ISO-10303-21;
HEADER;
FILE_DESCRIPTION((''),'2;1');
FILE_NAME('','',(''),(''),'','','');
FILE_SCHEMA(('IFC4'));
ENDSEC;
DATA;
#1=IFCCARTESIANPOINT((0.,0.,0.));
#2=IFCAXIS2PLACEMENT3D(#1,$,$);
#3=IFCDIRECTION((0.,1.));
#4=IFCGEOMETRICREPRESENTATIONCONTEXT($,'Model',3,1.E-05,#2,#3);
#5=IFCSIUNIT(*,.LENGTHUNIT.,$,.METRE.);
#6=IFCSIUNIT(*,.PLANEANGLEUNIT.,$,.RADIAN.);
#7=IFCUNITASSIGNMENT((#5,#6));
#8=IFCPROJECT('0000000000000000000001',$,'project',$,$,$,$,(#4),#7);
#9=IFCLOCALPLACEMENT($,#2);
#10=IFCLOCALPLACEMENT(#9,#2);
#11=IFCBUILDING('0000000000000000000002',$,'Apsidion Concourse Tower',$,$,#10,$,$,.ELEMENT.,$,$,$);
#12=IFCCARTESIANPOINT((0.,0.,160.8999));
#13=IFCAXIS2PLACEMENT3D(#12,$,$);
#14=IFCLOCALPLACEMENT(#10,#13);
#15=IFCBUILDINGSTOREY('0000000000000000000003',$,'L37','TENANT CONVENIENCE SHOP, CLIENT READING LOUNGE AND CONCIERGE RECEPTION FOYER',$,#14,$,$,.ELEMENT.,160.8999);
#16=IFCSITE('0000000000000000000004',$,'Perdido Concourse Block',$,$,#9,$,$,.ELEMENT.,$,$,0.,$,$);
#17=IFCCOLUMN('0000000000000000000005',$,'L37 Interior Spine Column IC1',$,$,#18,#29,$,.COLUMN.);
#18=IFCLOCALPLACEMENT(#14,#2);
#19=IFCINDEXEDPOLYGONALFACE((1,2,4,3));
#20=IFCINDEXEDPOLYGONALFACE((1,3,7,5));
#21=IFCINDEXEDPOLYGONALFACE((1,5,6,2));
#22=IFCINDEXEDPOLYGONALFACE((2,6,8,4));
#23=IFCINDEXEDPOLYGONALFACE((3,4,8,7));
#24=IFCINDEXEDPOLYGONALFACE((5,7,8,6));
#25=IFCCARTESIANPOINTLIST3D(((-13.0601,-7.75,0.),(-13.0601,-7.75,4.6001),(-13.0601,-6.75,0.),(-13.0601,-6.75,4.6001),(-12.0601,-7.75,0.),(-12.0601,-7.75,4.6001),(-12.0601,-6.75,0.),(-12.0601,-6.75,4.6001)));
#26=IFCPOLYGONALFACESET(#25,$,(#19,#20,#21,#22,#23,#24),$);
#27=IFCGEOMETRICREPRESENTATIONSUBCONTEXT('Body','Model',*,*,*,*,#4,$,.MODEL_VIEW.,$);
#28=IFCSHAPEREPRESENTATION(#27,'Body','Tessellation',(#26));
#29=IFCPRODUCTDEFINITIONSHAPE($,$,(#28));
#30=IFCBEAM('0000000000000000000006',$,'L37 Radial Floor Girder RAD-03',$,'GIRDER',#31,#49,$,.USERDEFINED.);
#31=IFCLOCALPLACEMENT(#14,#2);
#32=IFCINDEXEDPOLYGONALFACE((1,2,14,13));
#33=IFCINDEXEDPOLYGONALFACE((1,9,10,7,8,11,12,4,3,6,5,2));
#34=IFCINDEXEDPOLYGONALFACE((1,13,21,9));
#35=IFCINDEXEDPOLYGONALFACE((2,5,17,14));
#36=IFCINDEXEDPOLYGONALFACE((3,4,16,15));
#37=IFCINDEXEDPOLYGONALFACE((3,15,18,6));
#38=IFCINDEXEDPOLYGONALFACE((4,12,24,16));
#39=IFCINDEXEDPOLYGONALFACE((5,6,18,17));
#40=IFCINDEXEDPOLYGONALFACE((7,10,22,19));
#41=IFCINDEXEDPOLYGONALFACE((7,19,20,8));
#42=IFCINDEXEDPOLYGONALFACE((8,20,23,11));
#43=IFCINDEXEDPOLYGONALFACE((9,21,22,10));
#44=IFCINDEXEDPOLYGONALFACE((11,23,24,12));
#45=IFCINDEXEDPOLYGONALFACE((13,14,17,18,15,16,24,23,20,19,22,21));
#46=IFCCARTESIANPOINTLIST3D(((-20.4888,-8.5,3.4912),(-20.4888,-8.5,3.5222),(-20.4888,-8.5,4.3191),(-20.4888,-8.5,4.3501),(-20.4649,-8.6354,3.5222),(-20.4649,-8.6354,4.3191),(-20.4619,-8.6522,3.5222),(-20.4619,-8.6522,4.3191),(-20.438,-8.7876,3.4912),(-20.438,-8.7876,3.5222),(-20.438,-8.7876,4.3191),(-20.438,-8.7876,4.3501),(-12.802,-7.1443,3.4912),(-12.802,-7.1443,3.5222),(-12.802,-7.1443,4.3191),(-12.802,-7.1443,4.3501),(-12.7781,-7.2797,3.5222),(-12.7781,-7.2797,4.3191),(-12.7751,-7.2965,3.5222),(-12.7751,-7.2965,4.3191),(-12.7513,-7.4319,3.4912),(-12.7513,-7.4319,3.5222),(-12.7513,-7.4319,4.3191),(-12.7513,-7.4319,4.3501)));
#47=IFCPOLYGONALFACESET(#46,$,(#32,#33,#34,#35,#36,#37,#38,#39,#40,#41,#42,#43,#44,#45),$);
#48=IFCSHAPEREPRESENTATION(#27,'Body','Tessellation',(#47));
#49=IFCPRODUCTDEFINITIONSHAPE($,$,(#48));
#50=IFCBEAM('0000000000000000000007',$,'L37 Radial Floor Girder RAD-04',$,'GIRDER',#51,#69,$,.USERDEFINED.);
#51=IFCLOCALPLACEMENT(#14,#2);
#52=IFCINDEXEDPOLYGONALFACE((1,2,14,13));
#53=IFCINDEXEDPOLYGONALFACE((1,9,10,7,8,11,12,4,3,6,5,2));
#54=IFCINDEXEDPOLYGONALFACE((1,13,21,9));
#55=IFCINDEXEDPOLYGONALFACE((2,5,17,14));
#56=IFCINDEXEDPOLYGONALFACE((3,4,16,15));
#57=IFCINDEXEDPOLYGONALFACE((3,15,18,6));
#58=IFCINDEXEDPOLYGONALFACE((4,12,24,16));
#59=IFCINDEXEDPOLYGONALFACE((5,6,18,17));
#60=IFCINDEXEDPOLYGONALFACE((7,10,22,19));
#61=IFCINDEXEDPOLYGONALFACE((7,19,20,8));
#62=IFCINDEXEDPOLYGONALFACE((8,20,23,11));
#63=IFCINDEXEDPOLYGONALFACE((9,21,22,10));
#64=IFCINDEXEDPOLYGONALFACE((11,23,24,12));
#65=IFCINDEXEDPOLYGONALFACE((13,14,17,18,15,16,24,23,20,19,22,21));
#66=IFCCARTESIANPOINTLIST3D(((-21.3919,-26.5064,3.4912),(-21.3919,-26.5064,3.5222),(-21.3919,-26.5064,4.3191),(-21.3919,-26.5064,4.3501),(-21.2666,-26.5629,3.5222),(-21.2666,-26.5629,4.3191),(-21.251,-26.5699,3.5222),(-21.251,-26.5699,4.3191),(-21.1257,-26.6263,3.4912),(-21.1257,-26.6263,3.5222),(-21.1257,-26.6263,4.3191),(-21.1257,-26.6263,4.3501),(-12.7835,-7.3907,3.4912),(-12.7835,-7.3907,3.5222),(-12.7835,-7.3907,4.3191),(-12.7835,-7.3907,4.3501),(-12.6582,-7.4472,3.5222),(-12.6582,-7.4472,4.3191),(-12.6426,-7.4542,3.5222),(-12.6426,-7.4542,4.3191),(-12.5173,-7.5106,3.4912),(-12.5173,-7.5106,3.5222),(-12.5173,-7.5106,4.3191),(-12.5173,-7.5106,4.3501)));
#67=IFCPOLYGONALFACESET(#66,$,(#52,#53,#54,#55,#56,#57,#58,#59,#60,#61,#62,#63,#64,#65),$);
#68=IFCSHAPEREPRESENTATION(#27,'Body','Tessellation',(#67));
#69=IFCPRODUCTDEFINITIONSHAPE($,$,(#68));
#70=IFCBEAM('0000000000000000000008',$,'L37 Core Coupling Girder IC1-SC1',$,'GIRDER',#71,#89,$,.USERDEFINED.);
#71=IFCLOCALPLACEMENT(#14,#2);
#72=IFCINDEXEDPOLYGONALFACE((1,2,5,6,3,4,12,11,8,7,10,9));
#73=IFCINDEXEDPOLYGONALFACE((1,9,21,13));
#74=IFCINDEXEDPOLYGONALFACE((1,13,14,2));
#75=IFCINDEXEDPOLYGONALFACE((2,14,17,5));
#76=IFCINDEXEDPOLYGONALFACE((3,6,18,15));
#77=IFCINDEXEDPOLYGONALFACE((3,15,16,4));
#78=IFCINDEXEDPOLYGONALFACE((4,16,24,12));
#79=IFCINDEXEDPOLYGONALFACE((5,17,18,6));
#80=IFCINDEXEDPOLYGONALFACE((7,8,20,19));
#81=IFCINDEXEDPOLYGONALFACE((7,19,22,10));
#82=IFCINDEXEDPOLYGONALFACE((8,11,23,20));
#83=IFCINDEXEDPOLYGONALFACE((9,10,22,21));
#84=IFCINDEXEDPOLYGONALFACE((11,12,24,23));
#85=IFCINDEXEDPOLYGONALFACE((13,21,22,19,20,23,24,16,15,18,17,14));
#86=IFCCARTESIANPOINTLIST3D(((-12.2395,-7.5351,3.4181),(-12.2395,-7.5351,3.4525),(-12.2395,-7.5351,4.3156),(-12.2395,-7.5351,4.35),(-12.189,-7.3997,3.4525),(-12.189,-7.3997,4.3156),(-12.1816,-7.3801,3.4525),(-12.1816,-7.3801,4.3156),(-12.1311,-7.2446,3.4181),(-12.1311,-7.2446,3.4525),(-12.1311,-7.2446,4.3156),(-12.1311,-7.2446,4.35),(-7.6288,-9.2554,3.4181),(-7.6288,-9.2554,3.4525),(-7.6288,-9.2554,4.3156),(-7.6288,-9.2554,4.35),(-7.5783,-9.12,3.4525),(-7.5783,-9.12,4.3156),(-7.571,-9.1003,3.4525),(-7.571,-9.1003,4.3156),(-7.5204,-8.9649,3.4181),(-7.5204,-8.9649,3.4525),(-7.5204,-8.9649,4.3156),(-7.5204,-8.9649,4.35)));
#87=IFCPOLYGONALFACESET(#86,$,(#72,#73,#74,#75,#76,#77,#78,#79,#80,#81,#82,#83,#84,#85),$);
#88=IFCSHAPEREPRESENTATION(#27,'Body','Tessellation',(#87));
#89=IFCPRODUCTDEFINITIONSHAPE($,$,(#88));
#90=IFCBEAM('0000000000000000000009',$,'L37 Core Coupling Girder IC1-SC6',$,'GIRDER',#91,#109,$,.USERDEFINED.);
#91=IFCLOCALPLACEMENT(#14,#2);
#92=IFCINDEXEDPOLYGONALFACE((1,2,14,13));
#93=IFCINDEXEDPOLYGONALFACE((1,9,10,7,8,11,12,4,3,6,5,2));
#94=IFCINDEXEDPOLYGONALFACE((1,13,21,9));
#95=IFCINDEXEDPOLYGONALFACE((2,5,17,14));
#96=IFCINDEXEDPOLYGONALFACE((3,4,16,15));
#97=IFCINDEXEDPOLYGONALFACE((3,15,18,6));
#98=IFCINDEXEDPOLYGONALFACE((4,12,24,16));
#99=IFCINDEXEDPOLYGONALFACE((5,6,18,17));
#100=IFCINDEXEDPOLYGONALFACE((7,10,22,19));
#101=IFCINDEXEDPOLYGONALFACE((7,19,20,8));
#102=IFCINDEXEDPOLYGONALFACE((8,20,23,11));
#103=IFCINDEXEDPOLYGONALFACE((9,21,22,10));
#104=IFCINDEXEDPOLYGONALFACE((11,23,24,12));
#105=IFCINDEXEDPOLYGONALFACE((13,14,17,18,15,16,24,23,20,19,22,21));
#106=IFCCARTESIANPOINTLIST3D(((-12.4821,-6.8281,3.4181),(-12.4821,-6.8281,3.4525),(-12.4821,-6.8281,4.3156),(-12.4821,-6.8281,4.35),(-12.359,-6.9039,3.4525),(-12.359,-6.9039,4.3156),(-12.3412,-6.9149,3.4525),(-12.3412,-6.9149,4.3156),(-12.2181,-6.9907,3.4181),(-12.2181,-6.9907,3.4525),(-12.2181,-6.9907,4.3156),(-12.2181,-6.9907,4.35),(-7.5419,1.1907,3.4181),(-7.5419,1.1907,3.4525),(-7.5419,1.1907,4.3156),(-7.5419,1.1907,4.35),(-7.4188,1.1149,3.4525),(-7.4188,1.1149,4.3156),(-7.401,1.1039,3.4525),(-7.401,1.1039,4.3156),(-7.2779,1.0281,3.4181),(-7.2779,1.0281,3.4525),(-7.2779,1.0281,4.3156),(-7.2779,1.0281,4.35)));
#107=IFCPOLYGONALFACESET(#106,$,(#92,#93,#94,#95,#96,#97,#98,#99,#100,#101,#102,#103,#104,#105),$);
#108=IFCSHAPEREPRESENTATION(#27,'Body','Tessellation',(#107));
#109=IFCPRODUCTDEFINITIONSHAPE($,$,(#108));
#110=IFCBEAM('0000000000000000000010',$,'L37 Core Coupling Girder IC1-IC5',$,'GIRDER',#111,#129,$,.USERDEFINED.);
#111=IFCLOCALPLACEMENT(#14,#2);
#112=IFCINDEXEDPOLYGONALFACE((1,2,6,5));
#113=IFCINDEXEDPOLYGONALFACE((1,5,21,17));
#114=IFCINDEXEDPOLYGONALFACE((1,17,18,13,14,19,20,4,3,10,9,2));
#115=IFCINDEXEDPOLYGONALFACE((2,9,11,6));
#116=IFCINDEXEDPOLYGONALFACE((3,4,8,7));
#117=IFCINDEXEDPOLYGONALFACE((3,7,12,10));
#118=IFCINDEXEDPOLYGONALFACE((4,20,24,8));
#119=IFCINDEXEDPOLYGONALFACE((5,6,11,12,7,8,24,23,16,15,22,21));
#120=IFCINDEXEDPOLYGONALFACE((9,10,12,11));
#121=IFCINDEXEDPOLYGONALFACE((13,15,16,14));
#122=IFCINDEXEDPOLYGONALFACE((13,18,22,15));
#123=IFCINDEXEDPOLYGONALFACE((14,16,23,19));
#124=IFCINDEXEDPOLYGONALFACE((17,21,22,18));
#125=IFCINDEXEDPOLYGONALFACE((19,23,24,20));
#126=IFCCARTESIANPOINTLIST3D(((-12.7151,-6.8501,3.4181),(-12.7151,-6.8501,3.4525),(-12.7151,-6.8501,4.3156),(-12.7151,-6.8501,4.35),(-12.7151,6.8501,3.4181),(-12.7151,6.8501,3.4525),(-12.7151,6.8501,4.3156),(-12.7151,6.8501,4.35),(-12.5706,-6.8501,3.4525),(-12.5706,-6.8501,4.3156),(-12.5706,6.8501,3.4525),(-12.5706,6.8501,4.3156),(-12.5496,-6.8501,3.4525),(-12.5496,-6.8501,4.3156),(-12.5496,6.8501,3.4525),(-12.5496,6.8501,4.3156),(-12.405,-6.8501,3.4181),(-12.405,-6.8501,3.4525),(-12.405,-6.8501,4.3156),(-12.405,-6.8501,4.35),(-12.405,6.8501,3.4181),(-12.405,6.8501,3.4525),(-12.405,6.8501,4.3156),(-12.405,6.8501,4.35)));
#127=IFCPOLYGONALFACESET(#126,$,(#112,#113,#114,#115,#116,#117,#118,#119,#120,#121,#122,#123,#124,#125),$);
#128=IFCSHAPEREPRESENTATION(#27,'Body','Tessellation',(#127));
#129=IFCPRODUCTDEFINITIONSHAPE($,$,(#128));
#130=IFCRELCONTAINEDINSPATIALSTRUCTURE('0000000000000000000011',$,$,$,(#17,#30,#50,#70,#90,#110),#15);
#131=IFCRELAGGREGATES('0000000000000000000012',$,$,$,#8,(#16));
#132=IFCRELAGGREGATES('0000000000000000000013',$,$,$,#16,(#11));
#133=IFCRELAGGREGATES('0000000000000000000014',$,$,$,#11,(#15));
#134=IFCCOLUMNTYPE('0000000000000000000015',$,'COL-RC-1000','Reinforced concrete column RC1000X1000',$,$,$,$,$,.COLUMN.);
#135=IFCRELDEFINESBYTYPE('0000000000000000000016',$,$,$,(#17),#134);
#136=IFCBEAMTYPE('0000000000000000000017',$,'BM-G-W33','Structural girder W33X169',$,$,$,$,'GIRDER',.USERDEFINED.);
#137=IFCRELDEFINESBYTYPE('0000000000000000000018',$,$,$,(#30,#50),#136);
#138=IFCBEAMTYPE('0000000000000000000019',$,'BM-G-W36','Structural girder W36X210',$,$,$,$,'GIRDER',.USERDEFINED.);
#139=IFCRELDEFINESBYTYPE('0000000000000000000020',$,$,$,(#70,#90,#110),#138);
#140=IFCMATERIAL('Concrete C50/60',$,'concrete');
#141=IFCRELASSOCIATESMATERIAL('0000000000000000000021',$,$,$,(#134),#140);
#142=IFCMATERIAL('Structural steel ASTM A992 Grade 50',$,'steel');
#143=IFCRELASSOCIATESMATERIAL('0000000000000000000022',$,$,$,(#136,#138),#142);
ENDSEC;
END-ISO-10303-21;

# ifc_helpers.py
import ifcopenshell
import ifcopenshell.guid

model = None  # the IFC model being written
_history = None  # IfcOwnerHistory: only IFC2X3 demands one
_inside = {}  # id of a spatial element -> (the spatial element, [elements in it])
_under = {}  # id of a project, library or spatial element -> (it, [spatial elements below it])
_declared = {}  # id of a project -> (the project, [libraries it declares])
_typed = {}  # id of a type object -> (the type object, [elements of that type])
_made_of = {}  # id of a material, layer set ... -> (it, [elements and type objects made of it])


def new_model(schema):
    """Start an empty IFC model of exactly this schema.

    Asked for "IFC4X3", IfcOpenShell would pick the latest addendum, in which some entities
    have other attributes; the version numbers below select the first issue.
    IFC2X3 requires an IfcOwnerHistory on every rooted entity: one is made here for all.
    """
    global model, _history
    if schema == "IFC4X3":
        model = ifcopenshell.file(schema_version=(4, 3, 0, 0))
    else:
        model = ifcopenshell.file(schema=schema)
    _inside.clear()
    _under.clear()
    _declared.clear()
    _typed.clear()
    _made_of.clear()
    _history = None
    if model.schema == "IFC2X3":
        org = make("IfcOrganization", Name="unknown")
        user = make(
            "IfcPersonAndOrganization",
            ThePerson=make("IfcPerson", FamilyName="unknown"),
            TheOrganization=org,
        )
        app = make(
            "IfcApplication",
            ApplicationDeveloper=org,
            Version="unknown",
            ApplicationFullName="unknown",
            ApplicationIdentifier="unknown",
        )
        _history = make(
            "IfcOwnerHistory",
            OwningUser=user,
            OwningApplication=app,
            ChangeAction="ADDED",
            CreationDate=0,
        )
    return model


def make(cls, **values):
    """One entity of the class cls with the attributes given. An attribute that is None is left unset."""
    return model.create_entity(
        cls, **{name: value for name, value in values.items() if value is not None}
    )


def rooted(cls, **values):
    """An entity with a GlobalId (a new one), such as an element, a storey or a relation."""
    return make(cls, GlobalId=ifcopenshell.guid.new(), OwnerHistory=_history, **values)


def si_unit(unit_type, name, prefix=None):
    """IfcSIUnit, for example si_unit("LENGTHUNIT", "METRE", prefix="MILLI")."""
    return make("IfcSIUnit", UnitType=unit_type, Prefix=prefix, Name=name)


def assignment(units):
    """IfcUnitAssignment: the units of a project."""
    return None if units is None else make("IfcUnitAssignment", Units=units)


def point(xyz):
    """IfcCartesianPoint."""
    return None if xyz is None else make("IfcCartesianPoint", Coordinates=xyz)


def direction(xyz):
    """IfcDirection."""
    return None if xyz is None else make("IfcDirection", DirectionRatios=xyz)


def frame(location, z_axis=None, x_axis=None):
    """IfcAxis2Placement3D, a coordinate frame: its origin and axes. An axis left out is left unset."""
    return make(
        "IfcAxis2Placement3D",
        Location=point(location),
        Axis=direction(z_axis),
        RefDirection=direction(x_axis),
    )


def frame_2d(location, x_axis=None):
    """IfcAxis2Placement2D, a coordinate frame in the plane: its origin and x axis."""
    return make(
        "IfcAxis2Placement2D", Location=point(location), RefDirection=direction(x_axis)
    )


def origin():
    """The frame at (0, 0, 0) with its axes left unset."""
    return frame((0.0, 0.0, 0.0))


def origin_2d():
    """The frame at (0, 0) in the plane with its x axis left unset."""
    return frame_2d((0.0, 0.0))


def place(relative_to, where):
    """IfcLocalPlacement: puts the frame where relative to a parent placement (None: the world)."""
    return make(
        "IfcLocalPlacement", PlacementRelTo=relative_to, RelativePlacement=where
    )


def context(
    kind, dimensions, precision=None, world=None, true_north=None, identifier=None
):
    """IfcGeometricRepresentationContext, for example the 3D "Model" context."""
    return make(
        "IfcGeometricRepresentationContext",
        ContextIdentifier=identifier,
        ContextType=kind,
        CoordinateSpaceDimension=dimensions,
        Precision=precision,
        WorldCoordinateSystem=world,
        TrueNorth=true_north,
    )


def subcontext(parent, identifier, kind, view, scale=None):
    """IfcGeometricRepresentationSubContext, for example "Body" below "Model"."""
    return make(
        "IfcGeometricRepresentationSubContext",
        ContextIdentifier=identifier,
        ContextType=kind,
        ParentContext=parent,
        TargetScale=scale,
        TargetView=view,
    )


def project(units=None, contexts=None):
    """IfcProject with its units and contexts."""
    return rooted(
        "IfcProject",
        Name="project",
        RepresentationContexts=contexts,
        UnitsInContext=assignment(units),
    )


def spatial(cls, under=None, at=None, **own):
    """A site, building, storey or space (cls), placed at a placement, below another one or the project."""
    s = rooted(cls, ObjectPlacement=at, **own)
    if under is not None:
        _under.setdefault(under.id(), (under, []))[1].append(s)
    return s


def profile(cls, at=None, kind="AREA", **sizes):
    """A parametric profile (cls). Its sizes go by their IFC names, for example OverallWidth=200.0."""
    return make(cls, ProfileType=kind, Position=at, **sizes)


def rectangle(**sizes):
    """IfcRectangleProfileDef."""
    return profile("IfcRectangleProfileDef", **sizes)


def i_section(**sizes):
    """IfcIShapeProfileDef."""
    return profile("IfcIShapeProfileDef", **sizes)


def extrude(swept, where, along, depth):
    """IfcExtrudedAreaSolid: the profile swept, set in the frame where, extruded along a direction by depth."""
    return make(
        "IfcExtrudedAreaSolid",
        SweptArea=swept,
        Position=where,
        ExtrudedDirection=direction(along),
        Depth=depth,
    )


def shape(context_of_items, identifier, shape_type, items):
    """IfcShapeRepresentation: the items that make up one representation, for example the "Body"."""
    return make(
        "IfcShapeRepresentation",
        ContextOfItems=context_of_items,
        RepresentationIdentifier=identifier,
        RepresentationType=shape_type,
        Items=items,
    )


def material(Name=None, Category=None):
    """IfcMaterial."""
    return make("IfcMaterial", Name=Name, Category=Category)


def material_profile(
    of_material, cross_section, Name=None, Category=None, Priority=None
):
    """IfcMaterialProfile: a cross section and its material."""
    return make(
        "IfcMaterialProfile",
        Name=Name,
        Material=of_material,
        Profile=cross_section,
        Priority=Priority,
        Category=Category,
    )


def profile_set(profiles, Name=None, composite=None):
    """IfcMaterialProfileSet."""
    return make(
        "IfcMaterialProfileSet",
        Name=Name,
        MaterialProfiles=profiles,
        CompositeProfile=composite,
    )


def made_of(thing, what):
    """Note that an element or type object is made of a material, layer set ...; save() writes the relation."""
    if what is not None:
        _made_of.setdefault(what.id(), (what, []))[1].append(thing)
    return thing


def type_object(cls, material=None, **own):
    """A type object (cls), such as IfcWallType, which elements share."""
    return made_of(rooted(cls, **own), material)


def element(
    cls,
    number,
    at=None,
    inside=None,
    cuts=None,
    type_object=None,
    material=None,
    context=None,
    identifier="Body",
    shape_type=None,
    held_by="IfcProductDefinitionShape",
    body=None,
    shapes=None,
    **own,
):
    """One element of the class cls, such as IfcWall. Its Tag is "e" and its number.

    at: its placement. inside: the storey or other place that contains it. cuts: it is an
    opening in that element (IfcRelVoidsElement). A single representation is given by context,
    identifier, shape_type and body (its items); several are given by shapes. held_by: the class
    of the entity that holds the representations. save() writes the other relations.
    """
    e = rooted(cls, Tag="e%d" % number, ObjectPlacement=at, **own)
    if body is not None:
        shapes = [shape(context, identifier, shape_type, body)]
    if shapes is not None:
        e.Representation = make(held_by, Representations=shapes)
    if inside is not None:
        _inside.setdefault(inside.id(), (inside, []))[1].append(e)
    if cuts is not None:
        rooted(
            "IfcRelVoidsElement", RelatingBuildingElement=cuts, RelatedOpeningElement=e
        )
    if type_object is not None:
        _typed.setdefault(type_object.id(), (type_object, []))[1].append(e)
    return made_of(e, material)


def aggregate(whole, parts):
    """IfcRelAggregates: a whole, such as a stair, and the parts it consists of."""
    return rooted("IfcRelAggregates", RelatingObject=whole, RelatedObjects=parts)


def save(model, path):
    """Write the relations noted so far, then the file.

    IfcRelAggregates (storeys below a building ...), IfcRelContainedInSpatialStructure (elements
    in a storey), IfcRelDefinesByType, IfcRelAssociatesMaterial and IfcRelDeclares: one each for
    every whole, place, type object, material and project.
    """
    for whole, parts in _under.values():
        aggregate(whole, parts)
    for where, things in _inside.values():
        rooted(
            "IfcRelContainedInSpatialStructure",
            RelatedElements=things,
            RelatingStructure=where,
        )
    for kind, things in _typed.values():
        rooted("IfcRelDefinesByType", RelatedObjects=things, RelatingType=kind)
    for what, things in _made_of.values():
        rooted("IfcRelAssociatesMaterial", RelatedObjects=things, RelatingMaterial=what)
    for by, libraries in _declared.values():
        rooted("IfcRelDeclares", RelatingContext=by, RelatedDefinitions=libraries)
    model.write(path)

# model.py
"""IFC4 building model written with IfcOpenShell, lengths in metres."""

from ifc_helpers import new_model, si_unit, direction, frame, origin, origin_2d, place, context, subcontext, project, spatial, rectangle, i_section, extrude, material, material_profile, profile_set, type_object, element, save


model = new_model("IFC4")

# Units and contexts
model_context = context("Model", 3, precision=1e-05, world=origin(), true_north=direction((0.0, 1.0)))
body_context = subcontext(model_context, "Body", "Model", "MODEL_VIEW")
ifc_project = project(units=[si_unit("LENGTHUNIT", "METRE"), si_unit("PLANEANGLEUNIT", "RADIAN")], contexts=[model_context])

# Site, building, storey
site_placement = place(None, origin())
site = spatial("IfcSite", under=ifc_project, at=site_placement, Name="Perdido Concourse Block", CompositionType="ELEMENT", RefElevation=0.0)
building_placement = place(site_placement, origin())
building = spatial("IfcBuilding", under=site, at=building_placement, Name="Apsidion Concourse Tower", CompositionType="ELEMENT")
storey_placement = place(building_placement, frame((0.0, 0.0, 160.8999)))
storey = spatial("IfcBuildingStorey", under=building, at=storey_placement, Name="L37", Description="TENANT CONVENIENCE SHOP, CLIENT READING LOUNGE AND CONCIERGE RECEPTION FOYER", CompositionType="ELEMENT", Elevation=160.8999)

# Column
ifc_material_1 = material(Name="Concrete C50/60", Category="concrete")
ifc_material_profile_1 = material_profile(ifc_material_1, rectangle(XDim=1.0, YDim=1.0, at=origin_2d()), Name="RC 1000x1000")
ifc_profile_set_1 = profile_set([ifc_material_profile_1], Name="Concrete C50/60")
column_type = type_object("IfcColumnType", Name="COL-RC-1000", Description="Reinforced concrete column RC1000X1000", PredefinedType="COLUMN", material=ifc_profile_set_1)
column_placement = place(storey_placement, frame((-12.5601, -7.25, 0.0), z_axis=(0.0, 0.0, 1.0), x_axis=(1.0, 0.0, 0.0)))
element("IfcColumn", 1, at=column_placement, inside=storey, type_object=column_type, Name="L37 Interior Spine Column IC1", PredefinedType="COLUMN", context=body_context, shape_type="SweptSolid", body=[
    extrude(rectangle(XDim=1.0, YDim=1.0, at=origin_2d()), origin(), (0.0, 0.0, 1.0), 4.6001),
])

# Beams
ifc_material_2 = material(Name="Structural steel ASTM A992 Grade 50", Category="steel")
ifc_material_profile_2 = material_profile(ifc_material_2, i_section(OverallWidth=0.292, OverallDepth=0.8589, WebThickness=0.0171, FlangeThickness=0.031, at=origin_2d()), Name="W33X169")
ifc_profile_set_2 = profile_set([ifc_material_profile_2], Name="Structural steel ASTM A992 Grade 50")
beam_type_1 = type_object("IfcBeamType", Name="BM-G-W33", Description="Structural girder W33X169", ElementType="GIRDER", PredefinedType="USERDEFINED", material=ifc_profile_set_2)
beam_1_placement = place(storey_placement, frame((-12.7766, -7.2881, 3.9207), z_axis=(-0.984801, -0.173689, 0.0), x_axis=(0.173689, -0.984801, 0.0)))
element("IfcBeam", 2, at=beam_1_placement, inside=storey, type_object=beam_type_1, Name="L37 Radial Floor Girder RAD-03", ObjectType="GIRDER", PredefinedType="USERDEFINED", context=body_context, shape_type="SweptSolid", body=[
    extrude(i_section(OverallWidth=0.292, OverallDepth=0.8589, WebThickness=0.0171, FlangeThickness=0.031, at=origin_2d()), origin(), (0.0, 0.0, 1.0), 7.8054),
])
beam_2_placement = place(storey_placement, frame((-12.6504, -7.4507, 3.9207), z_axis=(-0.410615, -0.911809, 0.0), x_axis=(0.911809, -0.410615, 0.0)))
element("IfcBeam", 3, at=beam_2_placement, inside=storey, type_object=beam_type_1, Name="L37 Radial Floor Girder RAD-04", ObjectType="GIRDER", PredefinedType="USERDEFINED", context=body_context, shape_type="SweptSolid", body=[
    extrude(i_section(OverallWidth=0.292, OverallDepth=0.8589, WebThickness=0.0171, FlangeThickness=0.031, at=origin_2d()), origin(), (0.0, 0.0, 1.0), 20.9646),
])
ifc_material_profile_3 = material_profile(ifc_material_2, i_section(OverallWidth=0.3101, OverallDepth=0.9319, WebThickness=0.021, FlangeThickness=0.0344, at=origin_2d()), Name="W36X210")
ifc_profile_set_3 = profile_set([ifc_material_profile_3], Name="Structural steel ASTM A992 Grade 50")
beam_type_2 = type_object("IfcBeamType", Name="BM-G-W36", Description="Structural girder W36X210", ElementType="GIRDER", PredefinedType="USERDEFINED", material=ifc_profile_set_3)
beam_3_placement = place(storey_placement, frame((-12.1853, -7.3899, 3.884), z_axis=(0.936913, -0.349563, 0.0), x_axis=(0.349563, 0.936913, 0.0)))
element("IfcBeam", 4, at=beam_3_placement, inside=storey, type_object=beam_type_2, Name="L37 Core Coupling Girder IC1-SC1", ObjectType="GIRDER", PredefinedType="USERDEFINED", context=body_context, shape_type="SweptSolid", body=[
    extrude(i_section(OverallWidth=0.3101, OverallDepth=0.9319, WebThickness=0.021, FlangeThickness=0.0344, at=origin_2d()), origin(), (0.0, 0.0, 1.0), 4.9211),
])
beam_4_placement = place(storey_placement, frame((-12.3501, -6.9094, 3.884), z_axis=(0.524524, 0.851396, 0.0), x_axis=(-0.851396, 0.524524, 0.0)))
element("IfcBeam", 5, at=beam_4_placement, inside=storey, type_object=beam_type_2, Name="L37 Core Coupling Girder IC1-SC6", ObjectType="GIRDER", PredefinedType="USERDEFINED", context=body_context, shape_type="SweptSolid", body=[
    extrude(i_section(OverallWidth=0.3101, OverallDepth=0.9319, WebThickness=0.021, FlangeThickness=0.0344, at=origin_2d()), origin(), (0.0, 0.0, 1.0), 9.4185),
])
beam_5_placement = place(storey_placement, frame((-12.5601, -6.8501, 3.884), z_axis=(0.0, 1.0, 0.0), x_axis=(-1.0, 0.0, 0.0)))
element("IfcBeam", 6, at=beam_5_placement, inside=storey, type_object=beam_type_2, Name="L37 Core Coupling Girder IC1-IC5", ObjectType="GIRDER", PredefinedType="USERDEFINED", context=body_context, shape_type="SweptSolid", body=[
    extrude(i_section(OverallWidth=0.3101, OverallDepth=0.9319, WebThickness=0.021, FlangeThickness=0.0344, at=origin_2d()), origin(), (0.0, 0.0, 1.0), 13.7002),
])

save(model, "model.ifc")
